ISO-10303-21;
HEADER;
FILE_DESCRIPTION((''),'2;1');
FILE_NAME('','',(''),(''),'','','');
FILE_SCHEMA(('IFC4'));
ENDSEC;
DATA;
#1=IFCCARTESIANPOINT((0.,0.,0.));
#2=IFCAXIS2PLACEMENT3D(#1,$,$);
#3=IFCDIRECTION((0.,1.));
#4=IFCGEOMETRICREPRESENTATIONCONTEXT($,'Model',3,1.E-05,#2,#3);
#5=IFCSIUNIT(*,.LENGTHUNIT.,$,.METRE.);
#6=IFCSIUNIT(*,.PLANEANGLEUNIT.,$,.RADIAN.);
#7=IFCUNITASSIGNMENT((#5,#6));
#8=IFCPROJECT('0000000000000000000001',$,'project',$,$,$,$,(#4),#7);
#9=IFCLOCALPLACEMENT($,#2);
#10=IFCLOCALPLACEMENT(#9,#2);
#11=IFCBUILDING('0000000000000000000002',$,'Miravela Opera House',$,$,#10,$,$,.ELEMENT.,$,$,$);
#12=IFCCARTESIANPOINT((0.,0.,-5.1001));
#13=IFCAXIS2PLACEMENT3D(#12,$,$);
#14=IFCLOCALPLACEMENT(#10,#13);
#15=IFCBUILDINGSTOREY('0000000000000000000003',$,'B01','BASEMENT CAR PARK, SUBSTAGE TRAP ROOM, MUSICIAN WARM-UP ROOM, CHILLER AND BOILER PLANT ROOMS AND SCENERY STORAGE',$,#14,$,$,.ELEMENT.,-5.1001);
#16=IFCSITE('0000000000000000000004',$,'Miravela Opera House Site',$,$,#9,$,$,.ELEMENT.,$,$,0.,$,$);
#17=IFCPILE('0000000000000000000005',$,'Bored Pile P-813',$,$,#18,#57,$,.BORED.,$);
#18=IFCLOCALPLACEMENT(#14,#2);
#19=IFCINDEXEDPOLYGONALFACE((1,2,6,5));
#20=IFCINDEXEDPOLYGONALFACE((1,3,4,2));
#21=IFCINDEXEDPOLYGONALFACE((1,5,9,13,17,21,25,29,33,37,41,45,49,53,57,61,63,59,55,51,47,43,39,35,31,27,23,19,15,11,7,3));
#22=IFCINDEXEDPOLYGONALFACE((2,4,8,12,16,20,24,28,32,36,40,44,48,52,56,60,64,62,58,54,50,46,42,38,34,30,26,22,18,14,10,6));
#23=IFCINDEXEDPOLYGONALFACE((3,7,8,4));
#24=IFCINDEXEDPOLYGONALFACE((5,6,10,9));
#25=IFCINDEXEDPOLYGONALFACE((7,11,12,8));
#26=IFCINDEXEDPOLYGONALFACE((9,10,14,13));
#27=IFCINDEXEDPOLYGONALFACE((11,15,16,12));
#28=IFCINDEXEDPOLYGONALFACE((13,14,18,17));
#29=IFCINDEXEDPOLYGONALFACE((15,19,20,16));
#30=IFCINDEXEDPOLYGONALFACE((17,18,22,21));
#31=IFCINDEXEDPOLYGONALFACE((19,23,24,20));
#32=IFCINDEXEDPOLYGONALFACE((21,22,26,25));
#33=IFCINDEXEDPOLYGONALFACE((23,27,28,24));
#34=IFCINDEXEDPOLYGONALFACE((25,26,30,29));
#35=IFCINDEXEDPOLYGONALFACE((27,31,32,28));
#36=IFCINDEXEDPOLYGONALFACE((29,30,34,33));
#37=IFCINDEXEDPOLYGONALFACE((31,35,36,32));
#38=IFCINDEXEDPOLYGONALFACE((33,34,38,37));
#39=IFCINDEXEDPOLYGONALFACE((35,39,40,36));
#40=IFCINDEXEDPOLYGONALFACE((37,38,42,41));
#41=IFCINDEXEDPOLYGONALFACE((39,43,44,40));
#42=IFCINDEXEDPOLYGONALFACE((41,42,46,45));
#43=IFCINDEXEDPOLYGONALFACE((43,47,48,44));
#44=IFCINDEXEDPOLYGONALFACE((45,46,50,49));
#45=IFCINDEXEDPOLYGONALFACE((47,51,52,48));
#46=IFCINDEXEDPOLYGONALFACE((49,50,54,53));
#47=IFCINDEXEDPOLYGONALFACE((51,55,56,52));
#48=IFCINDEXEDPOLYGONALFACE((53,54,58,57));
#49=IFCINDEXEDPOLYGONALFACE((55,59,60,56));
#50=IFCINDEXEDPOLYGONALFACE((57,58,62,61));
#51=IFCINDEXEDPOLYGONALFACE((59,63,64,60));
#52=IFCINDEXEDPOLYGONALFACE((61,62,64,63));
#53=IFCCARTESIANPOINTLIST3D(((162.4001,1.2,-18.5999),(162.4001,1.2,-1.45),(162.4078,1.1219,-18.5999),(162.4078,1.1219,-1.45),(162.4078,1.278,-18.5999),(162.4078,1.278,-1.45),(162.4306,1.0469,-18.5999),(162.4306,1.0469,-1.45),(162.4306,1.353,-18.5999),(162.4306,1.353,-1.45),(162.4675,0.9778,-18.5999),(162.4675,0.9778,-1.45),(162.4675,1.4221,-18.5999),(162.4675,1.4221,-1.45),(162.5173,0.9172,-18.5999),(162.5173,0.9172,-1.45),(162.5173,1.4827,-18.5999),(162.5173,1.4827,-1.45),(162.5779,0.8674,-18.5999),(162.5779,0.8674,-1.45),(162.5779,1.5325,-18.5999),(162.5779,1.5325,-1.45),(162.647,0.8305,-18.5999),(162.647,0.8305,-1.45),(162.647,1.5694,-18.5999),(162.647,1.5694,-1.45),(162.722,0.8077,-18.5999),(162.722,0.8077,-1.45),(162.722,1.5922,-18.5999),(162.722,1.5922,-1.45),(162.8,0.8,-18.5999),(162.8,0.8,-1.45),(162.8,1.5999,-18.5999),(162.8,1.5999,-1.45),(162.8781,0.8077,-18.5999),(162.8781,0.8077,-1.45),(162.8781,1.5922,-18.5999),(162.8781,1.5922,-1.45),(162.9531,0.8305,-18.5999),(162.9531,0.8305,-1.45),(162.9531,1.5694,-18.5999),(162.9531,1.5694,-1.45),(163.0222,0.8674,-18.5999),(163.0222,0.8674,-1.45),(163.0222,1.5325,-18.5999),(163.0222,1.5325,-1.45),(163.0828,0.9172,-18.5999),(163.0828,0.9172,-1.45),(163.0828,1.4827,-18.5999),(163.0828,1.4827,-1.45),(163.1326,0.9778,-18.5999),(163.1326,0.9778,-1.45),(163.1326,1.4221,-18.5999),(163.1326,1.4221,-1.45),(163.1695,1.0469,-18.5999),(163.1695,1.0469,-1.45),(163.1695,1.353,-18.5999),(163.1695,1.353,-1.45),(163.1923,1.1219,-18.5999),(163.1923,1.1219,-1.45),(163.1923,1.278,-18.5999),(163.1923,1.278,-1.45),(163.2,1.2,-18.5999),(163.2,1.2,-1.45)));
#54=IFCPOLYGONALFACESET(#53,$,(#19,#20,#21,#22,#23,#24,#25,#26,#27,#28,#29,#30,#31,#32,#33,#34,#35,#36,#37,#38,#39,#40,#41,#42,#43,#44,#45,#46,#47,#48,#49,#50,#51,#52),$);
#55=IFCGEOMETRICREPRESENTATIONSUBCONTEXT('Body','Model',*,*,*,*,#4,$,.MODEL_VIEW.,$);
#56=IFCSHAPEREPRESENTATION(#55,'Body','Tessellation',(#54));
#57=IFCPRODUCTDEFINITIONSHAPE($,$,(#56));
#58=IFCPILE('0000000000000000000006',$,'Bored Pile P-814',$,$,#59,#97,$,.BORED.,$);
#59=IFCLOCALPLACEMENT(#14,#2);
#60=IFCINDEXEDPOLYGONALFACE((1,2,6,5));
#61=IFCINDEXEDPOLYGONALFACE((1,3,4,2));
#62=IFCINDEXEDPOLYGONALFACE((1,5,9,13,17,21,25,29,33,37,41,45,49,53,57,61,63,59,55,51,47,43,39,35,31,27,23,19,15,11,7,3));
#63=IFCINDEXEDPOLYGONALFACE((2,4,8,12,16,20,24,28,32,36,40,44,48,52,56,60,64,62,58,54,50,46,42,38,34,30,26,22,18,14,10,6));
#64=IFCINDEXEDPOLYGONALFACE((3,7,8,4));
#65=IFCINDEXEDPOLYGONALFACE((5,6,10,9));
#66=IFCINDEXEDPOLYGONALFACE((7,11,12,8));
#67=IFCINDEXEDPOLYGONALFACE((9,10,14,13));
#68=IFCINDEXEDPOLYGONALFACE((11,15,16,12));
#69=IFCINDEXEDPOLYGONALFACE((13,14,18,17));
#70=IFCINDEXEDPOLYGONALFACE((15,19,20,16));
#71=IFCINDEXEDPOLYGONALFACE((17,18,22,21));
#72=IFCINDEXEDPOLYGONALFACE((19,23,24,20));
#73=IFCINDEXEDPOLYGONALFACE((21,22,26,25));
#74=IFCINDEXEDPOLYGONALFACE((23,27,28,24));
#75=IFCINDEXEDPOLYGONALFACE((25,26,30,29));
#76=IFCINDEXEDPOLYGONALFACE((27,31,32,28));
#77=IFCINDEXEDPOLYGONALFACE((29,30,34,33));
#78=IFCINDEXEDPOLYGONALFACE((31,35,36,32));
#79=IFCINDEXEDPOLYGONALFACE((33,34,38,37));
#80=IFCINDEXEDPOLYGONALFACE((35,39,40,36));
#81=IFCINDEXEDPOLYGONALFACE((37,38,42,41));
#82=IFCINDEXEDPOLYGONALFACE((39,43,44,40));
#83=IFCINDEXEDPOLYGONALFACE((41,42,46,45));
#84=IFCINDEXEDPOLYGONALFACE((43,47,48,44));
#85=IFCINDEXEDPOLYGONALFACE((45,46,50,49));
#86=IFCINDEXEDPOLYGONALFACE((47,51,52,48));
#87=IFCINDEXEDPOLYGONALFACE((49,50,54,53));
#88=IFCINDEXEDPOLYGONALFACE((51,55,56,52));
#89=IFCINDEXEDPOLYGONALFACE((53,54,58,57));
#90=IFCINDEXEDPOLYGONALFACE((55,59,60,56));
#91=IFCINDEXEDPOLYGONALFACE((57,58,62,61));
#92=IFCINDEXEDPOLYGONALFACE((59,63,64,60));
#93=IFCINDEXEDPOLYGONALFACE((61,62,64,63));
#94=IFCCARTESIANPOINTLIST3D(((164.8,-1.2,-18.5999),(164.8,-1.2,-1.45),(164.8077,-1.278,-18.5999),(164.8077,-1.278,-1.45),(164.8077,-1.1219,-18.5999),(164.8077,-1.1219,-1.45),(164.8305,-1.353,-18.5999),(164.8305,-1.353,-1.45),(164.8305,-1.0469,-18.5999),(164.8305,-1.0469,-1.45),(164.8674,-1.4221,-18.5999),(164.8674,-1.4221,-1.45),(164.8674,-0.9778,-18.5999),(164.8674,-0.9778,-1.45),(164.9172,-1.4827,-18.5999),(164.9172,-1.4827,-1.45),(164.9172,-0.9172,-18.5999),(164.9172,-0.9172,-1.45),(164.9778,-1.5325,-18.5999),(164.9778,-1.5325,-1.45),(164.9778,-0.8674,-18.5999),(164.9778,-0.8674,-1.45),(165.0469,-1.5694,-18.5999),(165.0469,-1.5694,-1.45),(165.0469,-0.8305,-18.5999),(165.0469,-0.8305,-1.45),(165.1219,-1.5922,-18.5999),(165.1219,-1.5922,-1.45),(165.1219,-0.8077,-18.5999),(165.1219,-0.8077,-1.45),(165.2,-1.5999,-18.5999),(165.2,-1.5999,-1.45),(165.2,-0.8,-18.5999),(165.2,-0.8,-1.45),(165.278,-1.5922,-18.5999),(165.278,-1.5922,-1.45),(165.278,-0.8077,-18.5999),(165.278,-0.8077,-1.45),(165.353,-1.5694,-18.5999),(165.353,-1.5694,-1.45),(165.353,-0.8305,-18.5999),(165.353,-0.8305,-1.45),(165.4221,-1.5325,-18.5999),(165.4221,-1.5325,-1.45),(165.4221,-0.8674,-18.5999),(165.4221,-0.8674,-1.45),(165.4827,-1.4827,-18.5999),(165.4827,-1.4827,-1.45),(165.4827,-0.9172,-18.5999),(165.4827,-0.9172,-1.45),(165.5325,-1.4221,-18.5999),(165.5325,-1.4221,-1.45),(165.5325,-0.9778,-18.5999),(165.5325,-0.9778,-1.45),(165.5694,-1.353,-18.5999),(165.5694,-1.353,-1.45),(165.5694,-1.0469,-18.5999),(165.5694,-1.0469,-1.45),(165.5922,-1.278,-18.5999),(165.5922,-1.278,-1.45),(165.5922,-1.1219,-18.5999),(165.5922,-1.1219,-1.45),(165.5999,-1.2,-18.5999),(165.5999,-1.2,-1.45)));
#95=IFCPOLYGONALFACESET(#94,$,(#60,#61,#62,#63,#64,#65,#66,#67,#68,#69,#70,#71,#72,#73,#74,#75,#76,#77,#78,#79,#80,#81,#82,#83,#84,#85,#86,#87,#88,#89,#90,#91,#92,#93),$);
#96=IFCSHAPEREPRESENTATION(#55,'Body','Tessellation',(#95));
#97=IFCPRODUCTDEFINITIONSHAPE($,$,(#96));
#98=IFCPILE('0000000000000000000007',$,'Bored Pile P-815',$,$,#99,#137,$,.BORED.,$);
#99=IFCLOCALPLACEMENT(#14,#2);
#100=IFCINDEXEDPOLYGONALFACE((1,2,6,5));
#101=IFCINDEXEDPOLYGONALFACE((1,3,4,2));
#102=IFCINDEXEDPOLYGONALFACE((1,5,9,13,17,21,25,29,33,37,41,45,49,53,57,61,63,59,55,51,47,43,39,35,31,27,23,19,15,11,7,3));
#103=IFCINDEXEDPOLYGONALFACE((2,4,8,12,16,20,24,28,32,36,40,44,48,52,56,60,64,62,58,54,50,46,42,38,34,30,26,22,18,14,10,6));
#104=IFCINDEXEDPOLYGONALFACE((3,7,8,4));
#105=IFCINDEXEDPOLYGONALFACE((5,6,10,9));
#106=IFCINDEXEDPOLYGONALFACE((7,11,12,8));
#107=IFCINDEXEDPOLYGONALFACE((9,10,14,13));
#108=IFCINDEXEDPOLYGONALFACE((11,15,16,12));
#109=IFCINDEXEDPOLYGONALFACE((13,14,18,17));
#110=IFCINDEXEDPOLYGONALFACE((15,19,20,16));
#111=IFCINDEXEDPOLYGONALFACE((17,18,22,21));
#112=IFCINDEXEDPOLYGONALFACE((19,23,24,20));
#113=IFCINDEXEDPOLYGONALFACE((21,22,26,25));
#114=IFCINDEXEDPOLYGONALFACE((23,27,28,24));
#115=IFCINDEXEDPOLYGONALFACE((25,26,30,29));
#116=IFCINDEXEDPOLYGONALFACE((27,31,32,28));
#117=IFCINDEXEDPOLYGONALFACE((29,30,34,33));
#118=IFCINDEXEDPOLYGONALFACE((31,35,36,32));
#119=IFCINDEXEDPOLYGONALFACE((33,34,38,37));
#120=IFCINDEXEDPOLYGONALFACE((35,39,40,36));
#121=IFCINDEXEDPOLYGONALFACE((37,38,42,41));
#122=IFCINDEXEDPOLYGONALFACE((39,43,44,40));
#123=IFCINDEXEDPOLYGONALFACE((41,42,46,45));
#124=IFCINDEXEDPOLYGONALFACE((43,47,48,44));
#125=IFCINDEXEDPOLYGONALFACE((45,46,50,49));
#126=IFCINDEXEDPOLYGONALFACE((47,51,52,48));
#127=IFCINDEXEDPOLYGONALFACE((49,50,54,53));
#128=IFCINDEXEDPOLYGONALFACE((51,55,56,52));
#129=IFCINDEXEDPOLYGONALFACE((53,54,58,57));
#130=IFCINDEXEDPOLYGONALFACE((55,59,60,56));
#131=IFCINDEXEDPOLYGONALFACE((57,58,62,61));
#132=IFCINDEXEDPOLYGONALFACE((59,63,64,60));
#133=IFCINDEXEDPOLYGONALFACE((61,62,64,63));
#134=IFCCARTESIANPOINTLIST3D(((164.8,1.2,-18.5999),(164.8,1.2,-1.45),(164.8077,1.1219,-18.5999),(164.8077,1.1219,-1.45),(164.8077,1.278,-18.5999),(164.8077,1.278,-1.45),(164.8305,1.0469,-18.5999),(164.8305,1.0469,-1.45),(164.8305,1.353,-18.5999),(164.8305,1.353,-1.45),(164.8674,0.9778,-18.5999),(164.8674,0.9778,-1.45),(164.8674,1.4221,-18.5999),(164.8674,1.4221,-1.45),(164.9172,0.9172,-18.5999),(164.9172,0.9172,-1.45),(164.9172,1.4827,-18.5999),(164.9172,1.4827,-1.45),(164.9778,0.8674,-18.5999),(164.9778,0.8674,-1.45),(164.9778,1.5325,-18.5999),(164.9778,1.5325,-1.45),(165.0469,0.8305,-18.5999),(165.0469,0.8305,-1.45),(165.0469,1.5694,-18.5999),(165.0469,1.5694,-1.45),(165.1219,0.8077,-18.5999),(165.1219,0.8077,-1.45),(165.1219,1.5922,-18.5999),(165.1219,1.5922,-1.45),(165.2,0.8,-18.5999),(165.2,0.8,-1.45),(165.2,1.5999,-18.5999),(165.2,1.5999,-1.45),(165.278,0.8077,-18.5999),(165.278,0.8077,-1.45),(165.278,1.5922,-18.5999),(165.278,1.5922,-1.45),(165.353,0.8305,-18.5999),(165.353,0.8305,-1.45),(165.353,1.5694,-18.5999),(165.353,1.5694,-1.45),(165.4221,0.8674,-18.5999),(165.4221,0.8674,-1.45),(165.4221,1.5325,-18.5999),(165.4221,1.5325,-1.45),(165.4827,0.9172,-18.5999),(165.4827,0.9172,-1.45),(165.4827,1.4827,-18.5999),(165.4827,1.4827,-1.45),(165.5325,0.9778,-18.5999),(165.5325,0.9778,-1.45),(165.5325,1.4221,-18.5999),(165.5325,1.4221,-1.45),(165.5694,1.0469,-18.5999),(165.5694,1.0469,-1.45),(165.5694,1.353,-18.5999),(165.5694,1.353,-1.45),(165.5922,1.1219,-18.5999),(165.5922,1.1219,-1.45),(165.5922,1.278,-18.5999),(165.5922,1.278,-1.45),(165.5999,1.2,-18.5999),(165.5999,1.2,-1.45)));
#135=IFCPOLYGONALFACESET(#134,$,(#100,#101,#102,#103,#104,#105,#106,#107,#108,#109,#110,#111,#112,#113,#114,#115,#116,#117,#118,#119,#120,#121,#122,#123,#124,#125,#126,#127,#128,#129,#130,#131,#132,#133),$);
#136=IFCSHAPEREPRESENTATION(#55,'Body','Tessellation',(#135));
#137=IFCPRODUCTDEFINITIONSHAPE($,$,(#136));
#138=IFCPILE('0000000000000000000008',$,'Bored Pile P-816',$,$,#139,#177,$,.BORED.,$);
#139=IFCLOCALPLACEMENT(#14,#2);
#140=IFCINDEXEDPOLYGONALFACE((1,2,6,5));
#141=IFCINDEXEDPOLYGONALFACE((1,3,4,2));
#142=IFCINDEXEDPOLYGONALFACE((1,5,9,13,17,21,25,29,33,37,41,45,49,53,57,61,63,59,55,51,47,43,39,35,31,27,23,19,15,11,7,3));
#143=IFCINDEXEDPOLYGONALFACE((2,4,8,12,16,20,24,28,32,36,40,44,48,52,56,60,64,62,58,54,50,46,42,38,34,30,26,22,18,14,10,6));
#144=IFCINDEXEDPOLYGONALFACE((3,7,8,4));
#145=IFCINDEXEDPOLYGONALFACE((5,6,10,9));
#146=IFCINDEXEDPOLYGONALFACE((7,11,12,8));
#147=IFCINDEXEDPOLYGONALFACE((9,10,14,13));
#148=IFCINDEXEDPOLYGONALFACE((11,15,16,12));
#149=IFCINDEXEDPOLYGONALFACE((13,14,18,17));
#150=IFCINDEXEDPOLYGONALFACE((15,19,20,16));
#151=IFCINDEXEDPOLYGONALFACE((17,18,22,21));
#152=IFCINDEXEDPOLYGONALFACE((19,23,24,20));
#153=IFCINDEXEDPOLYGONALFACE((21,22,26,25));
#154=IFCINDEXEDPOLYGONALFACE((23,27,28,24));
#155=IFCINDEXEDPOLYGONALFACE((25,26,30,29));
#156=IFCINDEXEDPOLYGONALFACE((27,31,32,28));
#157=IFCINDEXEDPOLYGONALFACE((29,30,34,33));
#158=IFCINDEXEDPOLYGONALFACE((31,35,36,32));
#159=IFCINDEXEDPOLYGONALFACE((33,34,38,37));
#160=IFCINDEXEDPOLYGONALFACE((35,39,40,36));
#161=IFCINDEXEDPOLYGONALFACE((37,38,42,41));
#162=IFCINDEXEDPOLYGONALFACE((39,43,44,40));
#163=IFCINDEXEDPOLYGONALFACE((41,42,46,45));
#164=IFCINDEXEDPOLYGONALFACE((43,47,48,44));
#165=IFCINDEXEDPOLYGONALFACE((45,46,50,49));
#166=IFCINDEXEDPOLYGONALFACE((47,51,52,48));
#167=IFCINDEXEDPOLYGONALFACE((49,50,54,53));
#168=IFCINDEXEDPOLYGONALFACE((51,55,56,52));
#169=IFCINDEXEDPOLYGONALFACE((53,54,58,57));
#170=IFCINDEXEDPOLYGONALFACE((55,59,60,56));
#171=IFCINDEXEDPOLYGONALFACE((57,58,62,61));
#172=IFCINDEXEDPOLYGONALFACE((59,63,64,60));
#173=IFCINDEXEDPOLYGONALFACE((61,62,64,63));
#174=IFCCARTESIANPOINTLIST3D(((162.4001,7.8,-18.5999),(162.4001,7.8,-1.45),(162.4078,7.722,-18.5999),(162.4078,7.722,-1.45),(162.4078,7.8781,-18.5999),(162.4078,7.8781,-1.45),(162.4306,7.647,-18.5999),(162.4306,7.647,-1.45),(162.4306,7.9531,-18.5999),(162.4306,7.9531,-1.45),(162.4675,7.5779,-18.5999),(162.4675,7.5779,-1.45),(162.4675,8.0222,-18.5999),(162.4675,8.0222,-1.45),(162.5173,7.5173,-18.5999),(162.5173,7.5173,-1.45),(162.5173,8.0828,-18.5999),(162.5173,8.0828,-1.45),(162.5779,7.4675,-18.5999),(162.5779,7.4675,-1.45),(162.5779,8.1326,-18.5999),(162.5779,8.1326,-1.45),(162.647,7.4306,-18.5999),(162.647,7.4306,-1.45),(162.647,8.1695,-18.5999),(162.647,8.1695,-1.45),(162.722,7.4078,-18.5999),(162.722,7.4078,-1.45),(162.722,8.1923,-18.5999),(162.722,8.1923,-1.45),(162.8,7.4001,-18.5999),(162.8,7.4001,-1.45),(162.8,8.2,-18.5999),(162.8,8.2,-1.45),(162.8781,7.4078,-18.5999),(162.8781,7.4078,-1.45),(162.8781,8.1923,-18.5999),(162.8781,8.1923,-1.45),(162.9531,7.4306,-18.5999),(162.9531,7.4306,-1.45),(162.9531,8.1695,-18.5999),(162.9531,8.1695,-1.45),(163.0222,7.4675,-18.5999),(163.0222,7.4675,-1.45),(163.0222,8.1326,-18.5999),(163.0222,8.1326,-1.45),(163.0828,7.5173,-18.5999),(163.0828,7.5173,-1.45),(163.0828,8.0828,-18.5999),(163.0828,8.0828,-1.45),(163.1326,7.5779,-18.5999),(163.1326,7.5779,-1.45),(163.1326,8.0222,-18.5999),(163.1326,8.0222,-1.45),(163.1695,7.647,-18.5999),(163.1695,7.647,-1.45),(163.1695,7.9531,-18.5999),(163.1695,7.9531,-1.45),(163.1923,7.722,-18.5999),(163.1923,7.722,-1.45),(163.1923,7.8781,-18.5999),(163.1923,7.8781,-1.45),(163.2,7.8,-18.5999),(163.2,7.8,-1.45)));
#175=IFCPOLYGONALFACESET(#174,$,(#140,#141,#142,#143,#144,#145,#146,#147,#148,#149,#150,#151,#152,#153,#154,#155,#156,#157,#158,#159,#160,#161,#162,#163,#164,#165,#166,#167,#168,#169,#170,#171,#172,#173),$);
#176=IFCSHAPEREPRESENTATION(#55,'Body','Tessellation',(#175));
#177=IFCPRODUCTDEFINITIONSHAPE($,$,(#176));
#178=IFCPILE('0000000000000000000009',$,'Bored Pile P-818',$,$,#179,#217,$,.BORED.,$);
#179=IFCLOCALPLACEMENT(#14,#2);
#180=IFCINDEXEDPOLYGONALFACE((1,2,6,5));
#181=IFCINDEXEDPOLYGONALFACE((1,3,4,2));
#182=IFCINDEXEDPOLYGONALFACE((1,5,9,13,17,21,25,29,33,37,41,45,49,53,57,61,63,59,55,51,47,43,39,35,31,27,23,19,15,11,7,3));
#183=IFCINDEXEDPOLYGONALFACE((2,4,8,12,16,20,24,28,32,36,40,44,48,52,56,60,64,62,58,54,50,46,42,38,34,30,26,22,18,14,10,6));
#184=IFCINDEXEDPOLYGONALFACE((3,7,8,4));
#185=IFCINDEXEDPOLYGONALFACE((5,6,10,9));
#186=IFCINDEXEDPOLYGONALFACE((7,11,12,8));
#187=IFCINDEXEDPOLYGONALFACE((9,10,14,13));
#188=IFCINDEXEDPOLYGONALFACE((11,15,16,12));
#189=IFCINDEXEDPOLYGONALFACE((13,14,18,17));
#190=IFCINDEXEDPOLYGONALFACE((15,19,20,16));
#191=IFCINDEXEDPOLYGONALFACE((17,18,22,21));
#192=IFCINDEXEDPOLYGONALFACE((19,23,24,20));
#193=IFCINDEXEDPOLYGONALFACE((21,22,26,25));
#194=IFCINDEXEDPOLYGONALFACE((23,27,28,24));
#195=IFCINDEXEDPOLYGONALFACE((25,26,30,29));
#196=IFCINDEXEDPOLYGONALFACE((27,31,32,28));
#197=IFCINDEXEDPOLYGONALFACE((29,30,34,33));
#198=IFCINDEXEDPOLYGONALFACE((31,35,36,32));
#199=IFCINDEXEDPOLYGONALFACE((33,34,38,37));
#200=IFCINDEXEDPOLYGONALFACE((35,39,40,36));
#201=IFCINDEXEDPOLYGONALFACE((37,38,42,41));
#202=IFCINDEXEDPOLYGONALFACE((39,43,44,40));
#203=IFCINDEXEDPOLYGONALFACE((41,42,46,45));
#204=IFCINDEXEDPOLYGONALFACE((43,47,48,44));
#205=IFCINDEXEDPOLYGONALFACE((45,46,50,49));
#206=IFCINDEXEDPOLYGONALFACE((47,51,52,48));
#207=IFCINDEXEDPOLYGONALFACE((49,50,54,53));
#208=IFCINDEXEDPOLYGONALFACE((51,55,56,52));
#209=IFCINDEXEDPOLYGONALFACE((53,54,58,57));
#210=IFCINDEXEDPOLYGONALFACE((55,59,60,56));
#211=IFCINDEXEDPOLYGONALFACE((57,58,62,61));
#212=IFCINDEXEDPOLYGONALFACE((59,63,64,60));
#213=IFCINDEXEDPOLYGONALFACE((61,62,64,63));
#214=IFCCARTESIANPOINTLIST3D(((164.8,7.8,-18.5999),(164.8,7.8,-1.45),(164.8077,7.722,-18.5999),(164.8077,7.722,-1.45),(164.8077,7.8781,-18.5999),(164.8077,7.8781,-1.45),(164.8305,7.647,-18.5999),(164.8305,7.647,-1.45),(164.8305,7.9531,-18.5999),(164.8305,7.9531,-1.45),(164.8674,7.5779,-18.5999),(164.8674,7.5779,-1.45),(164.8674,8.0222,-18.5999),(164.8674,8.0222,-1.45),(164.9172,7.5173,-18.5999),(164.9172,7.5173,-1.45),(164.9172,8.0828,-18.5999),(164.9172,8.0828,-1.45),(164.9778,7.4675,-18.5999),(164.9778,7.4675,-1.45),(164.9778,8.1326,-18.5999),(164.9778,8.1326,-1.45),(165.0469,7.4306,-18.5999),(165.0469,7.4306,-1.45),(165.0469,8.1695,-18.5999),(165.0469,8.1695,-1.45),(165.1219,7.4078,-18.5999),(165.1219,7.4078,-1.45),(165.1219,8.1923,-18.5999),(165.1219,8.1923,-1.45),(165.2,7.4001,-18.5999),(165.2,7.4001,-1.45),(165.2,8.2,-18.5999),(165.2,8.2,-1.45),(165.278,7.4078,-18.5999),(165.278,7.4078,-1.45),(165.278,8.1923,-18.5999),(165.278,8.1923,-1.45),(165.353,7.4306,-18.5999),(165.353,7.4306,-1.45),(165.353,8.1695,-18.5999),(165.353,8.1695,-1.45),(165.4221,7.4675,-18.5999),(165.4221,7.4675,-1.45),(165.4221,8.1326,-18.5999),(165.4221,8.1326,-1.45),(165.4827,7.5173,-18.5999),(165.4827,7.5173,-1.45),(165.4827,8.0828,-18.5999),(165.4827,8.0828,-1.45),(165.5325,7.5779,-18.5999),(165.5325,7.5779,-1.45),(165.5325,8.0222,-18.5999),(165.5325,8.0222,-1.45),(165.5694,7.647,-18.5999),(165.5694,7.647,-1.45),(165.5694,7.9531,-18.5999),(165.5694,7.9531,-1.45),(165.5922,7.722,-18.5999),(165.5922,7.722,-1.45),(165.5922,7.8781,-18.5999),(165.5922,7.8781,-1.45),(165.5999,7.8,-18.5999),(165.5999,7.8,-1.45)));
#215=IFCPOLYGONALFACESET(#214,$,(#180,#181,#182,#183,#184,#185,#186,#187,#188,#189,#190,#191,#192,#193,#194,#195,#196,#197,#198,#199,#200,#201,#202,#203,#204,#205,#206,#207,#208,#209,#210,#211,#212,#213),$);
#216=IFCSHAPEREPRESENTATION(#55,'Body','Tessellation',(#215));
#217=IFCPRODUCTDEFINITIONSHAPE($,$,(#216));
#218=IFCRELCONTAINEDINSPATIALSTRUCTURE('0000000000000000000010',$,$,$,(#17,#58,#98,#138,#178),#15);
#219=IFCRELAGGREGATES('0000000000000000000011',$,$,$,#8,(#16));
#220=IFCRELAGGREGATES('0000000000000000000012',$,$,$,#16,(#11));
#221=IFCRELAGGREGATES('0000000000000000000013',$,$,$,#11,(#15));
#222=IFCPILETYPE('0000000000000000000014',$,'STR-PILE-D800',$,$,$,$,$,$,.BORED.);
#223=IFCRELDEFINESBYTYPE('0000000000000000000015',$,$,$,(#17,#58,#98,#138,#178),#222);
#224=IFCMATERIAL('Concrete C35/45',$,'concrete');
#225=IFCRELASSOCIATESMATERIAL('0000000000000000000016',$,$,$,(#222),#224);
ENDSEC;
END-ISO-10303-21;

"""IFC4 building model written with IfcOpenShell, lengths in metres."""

from ifc_helpers import new_model, si_unit, direction, frame, origin, origin_2d, place, context, subcontext, project, spatial, circle, extrude, material, material_profile, profile_set, type_object, element, save


model = new_model("IFC4")

# Units and contexts
model_context = context("Model", 3, precision=1e-05, world=origin(), true_north=direction((0.0, 1.0)))
body_context = subcontext(model_context, "Body", "Model", "MODEL_VIEW")
ifc_project = project(units=[si_unit("LENGTHUNIT", "METRE"), si_unit("PLANEANGLEUNIT", "RADIAN")], contexts=[model_context])

# Site, building, storey
site_placement = place(None, origin())
site = spatial("IfcSite", under=ifc_project, at=site_placement, Name="Miravela Opera House Site", CompositionType="ELEMENT", RefElevation=0.0)
building_placement = place(site_placement, origin())
building = spatial("IfcBuilding", under=site, at=building_placement, Name="Miravela Opera House", CompositionType="ELEMENT")
storey_placement = place(building_placement, frame((0.0, 0.0, -5.1001)))
storey = spatial("IfcBuildingStorey", under=building, at=storey_placement, Name="B01", Description="BASEMENT CAR PARK, SUBSTAGE TRAP ROOM, MUSICIAN WARM-UP ROOM, CHILLER AND BOILER PLANT ROOMS AND SCENERY STORAGE", CompositionType="ELEMENT", Elevation=-5.1001)

# Shared definitions
ifc_material_1 = material(Name="Concrete C35/45", Category="concrete")

# Piles
ifc_material_profile_1 = material_profile(ifc_material_1, circle(Radius=0.3999, at=origin_2d()), Name="PILE-D800")
ifc_profile_set_1 = profile_set([ifc_material_profile_1])
pile_type = type_object("IfcPileType", Name="STR-PILE-D800", PredefinedType="BORED", material=ifc_profile_set_1)
for number, where, z_axis, x_axis, name in (
    (1, (162.8, 1.2, -1.45), (0.0, 0.0, -1.0), (1.0, 0.0, 0.0), "Bored Pile P-813"),
    (2, (165.2, -1.2, -1.45), (0.0, 0.0, -1.0), (1.0, 0.0, 0.0), "Bored Pile P-814"),
    (3, (165.2, 1.2, -1.45), (0.0, 0.0, -1.0), (1.0, 0.0, 0.0), "Bored Pile P-815"),
    (4, (162.8, 7.8, -1.45), (0.0, 0.0, -1.0), (1.0, 0.0, 0.0), "Bored Pile P-816"),
    (5, (165.2, 7.8, -1.45), (0.0, 0.0, -1.0), (1.0, 0.0, 0.0), "Bored Pile P-818"),
):
    element("IfcPile", number, at=place(storey_placement, frame(where, z_axis=z_axis, x_axis=x_axis)), inside=storey, type_object=pile_type, Name=name, PredefinedType="BORED", context=body_context, shape_type="SweptSolid", body=[
        extrude(circle(Radius=0.3999, at=origin_2d()), origin(), (0.0, 0.0, 1.0), 17.1499),
    ])

save(model, "model.ifc")
